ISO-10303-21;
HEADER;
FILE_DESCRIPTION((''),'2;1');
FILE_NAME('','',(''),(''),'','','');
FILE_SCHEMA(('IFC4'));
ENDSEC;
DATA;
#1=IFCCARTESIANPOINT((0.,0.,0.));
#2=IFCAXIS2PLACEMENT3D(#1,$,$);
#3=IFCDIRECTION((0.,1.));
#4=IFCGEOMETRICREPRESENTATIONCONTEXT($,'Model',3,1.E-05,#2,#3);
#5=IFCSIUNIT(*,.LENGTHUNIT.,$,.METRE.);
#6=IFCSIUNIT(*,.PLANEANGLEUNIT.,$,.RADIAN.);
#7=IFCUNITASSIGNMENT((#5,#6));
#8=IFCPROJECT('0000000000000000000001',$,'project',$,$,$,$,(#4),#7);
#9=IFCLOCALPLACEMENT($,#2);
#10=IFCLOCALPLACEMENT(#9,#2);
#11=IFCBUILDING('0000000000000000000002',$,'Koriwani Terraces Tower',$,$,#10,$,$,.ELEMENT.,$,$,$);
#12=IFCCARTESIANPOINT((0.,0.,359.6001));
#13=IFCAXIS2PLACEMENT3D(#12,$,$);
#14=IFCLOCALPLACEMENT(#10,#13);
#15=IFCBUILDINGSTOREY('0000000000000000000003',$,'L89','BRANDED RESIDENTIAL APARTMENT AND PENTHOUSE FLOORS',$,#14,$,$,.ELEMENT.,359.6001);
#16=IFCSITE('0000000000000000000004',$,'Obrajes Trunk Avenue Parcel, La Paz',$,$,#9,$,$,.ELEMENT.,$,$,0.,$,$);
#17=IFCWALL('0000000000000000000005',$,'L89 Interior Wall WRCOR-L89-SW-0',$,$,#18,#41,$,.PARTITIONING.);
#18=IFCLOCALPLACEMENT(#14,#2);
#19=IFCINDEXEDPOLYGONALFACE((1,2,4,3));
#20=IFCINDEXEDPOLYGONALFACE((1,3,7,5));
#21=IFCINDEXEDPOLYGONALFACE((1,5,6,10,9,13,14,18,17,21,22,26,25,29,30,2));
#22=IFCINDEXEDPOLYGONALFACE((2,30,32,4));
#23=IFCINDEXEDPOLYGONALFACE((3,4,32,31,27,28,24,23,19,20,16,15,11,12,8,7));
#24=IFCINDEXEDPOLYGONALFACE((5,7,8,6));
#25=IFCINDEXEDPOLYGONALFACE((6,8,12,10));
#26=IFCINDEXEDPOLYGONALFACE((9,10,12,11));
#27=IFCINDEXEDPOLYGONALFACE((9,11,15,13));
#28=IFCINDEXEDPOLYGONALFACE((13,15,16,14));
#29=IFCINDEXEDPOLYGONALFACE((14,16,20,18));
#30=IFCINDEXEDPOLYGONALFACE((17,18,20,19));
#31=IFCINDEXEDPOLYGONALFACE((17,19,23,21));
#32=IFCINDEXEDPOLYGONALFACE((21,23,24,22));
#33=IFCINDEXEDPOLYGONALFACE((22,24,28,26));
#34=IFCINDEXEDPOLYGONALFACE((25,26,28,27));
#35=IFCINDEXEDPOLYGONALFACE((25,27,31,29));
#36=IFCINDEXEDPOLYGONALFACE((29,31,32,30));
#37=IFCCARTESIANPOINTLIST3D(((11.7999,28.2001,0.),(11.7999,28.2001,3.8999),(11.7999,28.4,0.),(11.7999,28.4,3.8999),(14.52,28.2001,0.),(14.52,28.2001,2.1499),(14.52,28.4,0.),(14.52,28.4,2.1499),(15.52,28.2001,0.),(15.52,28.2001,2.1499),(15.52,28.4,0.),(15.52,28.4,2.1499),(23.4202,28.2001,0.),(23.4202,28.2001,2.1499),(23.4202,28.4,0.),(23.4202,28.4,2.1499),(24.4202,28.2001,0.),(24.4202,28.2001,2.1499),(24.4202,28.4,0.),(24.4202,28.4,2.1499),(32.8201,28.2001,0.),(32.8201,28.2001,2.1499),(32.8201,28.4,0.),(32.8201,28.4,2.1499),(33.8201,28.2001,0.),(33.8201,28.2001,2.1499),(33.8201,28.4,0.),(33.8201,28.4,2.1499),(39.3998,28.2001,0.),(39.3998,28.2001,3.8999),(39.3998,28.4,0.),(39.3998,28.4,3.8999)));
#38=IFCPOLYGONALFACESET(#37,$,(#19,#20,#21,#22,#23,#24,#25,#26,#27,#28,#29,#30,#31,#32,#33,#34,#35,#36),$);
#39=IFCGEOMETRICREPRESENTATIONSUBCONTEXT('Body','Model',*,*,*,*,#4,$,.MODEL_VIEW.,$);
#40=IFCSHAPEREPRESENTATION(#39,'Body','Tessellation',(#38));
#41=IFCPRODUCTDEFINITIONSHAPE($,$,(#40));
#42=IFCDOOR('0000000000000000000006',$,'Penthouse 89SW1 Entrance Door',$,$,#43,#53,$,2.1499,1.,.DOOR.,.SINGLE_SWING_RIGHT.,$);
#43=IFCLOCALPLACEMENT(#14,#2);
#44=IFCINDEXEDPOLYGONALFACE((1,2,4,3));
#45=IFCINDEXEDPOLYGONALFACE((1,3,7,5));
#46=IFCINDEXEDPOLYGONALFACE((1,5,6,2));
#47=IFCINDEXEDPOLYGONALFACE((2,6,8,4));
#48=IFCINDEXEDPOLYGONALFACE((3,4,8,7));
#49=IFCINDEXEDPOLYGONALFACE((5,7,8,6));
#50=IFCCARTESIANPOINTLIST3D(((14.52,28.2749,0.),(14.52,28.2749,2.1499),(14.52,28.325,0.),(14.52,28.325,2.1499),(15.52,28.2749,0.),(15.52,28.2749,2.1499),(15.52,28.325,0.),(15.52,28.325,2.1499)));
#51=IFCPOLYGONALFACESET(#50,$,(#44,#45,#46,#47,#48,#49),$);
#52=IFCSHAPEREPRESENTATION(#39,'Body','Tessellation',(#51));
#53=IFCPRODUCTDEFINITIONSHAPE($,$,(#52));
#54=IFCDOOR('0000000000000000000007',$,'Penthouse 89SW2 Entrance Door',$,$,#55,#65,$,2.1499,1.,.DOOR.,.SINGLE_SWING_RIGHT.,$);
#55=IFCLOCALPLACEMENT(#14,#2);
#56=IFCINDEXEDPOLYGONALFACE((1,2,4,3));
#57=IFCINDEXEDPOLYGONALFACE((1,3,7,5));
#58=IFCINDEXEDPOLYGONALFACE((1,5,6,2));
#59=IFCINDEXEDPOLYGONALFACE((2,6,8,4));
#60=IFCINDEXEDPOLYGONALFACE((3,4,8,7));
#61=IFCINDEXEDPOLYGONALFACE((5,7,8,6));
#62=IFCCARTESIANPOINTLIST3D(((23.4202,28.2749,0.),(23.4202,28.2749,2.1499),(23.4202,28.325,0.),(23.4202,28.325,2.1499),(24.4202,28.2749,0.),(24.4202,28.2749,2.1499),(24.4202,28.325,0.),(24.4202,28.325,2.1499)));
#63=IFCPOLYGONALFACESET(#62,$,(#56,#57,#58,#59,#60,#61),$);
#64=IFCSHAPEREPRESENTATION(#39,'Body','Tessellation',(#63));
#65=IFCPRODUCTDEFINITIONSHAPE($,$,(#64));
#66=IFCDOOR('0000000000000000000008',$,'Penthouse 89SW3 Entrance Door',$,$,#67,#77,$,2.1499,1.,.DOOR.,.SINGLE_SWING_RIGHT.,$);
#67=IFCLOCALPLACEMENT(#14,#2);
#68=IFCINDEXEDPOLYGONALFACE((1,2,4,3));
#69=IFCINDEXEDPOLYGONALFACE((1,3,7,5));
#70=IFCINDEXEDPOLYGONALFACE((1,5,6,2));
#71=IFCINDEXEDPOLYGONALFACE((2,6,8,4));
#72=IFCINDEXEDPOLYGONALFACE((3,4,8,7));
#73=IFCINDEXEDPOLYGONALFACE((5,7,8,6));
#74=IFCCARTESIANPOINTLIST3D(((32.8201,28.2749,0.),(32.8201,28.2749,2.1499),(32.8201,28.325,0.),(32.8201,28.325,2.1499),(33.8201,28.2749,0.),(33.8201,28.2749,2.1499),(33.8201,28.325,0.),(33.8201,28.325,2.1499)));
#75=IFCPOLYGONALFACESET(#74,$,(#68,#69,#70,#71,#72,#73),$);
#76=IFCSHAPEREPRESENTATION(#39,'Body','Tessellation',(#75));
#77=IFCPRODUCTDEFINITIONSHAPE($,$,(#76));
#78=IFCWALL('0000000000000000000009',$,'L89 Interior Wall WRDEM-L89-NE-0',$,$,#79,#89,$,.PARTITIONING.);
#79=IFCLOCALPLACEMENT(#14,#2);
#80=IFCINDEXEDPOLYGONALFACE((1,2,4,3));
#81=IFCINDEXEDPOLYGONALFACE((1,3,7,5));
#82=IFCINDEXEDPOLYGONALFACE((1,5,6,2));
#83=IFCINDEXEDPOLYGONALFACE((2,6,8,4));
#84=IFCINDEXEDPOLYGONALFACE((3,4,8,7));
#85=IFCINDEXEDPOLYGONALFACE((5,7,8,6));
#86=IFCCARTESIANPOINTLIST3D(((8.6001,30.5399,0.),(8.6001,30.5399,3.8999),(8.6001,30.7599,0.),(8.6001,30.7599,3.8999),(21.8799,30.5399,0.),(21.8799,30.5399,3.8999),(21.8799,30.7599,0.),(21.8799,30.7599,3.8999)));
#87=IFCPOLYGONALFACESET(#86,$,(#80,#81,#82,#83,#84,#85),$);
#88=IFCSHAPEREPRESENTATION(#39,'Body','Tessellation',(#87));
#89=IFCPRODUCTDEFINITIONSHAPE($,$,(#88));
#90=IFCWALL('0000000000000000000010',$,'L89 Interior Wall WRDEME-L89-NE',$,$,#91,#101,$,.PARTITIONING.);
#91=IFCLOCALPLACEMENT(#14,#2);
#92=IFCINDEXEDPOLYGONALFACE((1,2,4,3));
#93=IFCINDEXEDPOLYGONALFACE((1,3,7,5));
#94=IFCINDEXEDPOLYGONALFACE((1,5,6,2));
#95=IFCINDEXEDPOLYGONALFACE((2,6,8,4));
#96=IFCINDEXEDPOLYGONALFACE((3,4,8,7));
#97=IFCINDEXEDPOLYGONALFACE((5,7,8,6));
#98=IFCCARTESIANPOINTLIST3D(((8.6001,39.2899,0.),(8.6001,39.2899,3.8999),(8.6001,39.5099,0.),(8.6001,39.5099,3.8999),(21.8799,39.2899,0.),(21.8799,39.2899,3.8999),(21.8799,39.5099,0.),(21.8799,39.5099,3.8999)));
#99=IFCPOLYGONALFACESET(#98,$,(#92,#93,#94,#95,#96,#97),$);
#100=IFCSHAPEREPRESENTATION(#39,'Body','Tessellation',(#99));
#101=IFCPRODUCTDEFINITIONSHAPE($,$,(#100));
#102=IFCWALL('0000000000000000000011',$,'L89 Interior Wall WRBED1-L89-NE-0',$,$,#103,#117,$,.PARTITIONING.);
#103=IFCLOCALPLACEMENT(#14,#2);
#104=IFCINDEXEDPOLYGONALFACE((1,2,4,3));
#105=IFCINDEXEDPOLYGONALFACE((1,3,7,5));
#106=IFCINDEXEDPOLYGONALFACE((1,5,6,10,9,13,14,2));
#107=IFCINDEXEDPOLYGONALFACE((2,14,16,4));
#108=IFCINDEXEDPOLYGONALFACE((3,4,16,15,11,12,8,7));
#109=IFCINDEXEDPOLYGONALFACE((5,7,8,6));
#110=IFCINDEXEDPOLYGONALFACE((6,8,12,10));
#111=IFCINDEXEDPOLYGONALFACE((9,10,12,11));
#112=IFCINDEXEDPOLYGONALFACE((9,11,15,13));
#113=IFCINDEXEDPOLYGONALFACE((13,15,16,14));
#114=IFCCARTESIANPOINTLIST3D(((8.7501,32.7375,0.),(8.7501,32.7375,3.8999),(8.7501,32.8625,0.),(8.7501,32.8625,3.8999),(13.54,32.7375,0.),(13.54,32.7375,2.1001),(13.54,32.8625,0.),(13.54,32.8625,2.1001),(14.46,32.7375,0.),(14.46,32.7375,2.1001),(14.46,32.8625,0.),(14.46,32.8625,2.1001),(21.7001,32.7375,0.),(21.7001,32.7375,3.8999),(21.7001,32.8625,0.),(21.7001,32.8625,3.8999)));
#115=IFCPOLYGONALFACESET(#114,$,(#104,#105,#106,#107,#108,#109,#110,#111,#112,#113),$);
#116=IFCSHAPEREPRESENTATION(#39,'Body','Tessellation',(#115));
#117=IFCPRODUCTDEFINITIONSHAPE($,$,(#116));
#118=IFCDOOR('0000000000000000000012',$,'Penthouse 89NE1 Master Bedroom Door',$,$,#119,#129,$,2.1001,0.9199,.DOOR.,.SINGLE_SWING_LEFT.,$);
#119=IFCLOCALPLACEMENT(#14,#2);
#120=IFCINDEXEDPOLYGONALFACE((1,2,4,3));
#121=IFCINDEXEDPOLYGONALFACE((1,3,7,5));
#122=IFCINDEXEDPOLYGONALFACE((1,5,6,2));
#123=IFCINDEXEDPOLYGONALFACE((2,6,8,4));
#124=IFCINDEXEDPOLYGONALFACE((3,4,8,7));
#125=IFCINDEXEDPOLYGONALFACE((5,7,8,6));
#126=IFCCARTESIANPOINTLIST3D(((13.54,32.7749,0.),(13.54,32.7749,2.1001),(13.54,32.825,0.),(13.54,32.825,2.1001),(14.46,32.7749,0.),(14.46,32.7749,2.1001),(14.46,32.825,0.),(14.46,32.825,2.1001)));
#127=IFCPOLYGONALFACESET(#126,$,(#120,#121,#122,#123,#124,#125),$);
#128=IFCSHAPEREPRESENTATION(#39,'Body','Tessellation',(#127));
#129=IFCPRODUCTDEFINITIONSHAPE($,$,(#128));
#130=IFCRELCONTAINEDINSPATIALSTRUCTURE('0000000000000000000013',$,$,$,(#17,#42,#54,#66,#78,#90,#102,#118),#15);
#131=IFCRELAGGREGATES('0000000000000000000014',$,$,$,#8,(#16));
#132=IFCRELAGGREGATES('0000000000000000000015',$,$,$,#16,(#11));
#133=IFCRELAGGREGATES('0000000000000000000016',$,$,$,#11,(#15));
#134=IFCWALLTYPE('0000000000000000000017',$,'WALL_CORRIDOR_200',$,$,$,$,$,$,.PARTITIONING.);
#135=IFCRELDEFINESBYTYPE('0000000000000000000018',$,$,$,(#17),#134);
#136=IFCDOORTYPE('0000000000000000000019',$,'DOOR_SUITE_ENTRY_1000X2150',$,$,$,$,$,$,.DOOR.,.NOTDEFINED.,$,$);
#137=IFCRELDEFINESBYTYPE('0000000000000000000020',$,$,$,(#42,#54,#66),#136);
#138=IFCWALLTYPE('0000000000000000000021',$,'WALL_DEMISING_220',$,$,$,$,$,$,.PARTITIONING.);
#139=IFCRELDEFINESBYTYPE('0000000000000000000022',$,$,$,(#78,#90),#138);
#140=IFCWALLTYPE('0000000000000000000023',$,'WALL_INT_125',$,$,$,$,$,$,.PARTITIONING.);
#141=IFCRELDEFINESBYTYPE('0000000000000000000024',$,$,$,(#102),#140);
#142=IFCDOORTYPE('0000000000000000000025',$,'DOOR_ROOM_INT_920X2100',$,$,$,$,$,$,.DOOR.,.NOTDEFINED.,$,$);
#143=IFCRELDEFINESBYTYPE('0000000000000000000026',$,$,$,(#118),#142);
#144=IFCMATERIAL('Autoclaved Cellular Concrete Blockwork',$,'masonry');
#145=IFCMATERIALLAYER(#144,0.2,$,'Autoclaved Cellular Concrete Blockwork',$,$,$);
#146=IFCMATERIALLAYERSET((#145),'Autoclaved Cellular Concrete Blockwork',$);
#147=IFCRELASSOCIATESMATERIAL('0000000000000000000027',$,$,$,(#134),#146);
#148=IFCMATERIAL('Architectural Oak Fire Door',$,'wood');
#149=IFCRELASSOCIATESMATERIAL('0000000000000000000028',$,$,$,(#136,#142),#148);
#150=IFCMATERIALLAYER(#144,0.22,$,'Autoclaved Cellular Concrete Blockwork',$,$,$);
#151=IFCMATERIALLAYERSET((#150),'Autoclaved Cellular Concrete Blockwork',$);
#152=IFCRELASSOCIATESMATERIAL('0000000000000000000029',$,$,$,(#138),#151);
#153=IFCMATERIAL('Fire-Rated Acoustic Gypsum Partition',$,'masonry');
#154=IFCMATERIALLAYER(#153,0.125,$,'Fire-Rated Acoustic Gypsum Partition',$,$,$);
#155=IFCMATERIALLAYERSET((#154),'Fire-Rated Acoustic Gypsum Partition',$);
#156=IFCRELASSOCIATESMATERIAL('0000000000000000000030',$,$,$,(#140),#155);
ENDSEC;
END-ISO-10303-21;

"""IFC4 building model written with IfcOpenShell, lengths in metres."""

from ifc_helpers import new_model, si_unit, direction, frame, frame_2d, origin, place, context, subcontext, project, spatial, rectangle, extrude, material, layer, layer_set, type_object, element, fill, save


model = new_model("IFC4")

# Units and contexts
model_context = context("Model", 3, precision=1e-05, world=origin(), true_north=direction((0.0, 1.0)))
body_context = subcontext(model_context, "Body", "Model", "MODEL_VIEW")
ifc_project = project(units=[si_unit("LENGTHUNIT", "METRE"), si_unit("PLANEANGLEUNIT", "RADIAN")], contexts=[model_context])

# Site, building, storey
site_placement = place(None, origin())
site = spatial("IfcSite", under=ifc_project, at=site_placement, Name="Obrajes Trunk Avenue Parcel, La Paz", CompositionType="ELEMENT", RefElevation=0.0)
building_placement = place(site_placement, origin())
building = spatial("IfcBuilding", under=site, at=building_placement, Name="Koriwani Terraces Tower", CompositionType="ELEMENT")
storey_placement = place(building_placement, frame((0.0, 0.0, 359.6001)))
storey = spatial("IfcBuildingStorey", under=building, at=storey_placement, Name="L89", Description="BRANDED RESIDENTIAL APARTMENT AND PENTHOUSE FLOORS", CompositionType="ELEMENT", Elevation=359.6001)

# Shared definitions
ifc_material_1 = material(Name="Autoclaved Cellular Concrete Blockwork", Category="masonry")
ifc_layer_1 = layer(ifc_material_1, 0.2, Name="Autoclaved Cellular Concrete Blockwork")
ifc_layer_set_1 = layer_set([ifc_layer_1], Name="Autoclaved Cellular Concrete Blockwork")
wall_type_1 = type_object("IfcWallType", Name="WALL_CORRIDOR_200", PredefinedType="PARTITIONING", material=ifc_layer_set_1)
ifc_material_2 = material(Name="Architectural Oak Fire Door", Category="wood")
door_type_1 = type_object("IfcDoorType", Name="DOOR_SUITE_ENTRY_1000X2150", OperationType="NOTDEFINED", PredefinedType="DOOR", material=ifc_material_2)

# Wall, openings, doors
wall_1_placement = place(storey_placement, frame((11.8, 28.3, 0.0), z_axis=(0.0, 0.0, 1.0), x_axis=(1.0, 0.0, 0.0)))
wall_1 = element("IfcWall", 1, at=wall_1_placement, inside=storey, type_object=wall_type_1, Name="L89 Interior Wall WRCOR-L89-SW-0", PredefinedType="PARTITIONING", context=body_context, shape_type="SweptSolid", body=[
    extrude(rectangle(XDim=27.5999, YDim=0.2, at=frame_2d((13.7998, 0.0))), origin(), (0.0, 0.0, 1.0), 3.8999),
])
opening_1_placement = place(wall_1_placement, frame((2.72, 0.0, 0.0)))
opening_1 = element("IfcOpeningElement", 2, at=opening_1_placement, cuts=wall_1, PredefinedType="OPENING", context=body_context, shape_type="SweptSolid", body=[
    extrude(rectangle(XDim=1.0, YDim=2.1499, at=frame_2d((0.5, 1.075))), frame((0.0, 0.1099, 0.0), z_axis=(0.0, -1.0, 0.0), x_axis=(1.0, 0.0, 0.0)), (0.0, 0.0, 1.0), 0.22),
])
opening_2_placement = place(wall_1_placement, frame((11.6201, 0.0, 0.0)))
opening_2 = element("IfcOpeningElement", 3, at=opening_2_placement, cuts=wall_1, PredefinedType="OPENING", context=body_context, shape_type="SweptSolid", body=[
    extrude(rectangle(XDim=1.0, YDim=2.1499, at=frame_2d((0.5, 1.075))), frame((0.0, 0.1099, 0.0), z_axis=(0.0, -1.0, 0.0), x_axis=(1.0, 0.0, 0.0)), (0.0, 0.0, 1.0), 0.22),
])
opening_3_placement = place(wall_1_placement, frame((21.02, 0.0, 0.0)))
opening_3 = element("IfcOpeningElement", 4, at=opening_3_placement, cuts=wall_1, PredefinedType="OPENING", context=body_context, shape_type="SweptSolid", body=[
    extrude(rectangle(XDim=1.0, YDim=2.1499, at=frame_2d((0.5, 1.075))), frame((0.0, 0.1099, 0.0), z_axis=(0.0, -1.0, 0.0), x_axis=(1.0, 0.0, 0.0)), (0.0, 0.0, 1.0), 0.22),
])
door_1_placement = place(opening_1_placement, origin())
door_1 = element("IfcDoor", 5, at=door_1_placement, inside=storey, type_object=door_type_1, Name="Penthouse 89SW1 Entrance Door", OperationType="SINGLE_SWING_RIGHT", OverallHeight=2.1499, OverallWidth=1.0, PredefinedType="DOOR", context=body_context, shape_type="SweptSolid", body=[
    extrude(rectangle(XDim=1.0, YDim=2.1499, at=frame_2d((0.5, 1.075))), frame((0.0, 0.0249, 0.0), z_axis=(0.0, -1.0, 0.0), x_axis=(1.0, 0.0, 0.0)), (0.0, 0.0, 1.0), 0.05),
])
fill(opening_1, door_1)
door_2_placement = place(opening_2_placement, origin())
door_2 = element("IfcDoor", 6, at=door_2_placement, inside=storey, type_object=door_type_1, Name="Penthouse 89SW2 Entrance Door", OperationType="SINGLE_SWING_RIGHT", OverallHeight=2.1499, OverallWidth=1.0, PredefinedType="DOOR", context=body_context, shape_type="SweptSolid", body=[
    extrude(rectangle(XDim=1.0, YDim=2.1499, at=frame_2d((0.5, 1.075))), frame((0.0, 0.0249, 0.0), z_axis=(0.0, -1.0, 0.0), x_axis=(1.0, 0.0, 0.0)), (0.0, 0.0, 1.0), 0.05),
])
fill(opening_2, door_2)
door_3_placement = place(opening_3_placement, origin())
door_3 = element("IfcDoor", 7, at=door_3_placement, inside=storey, type_object=door_type_1, Name="Penthouse 89SW3 Entrance Door", OperationType="SINGLE_SWING_RIGHT", OverallHeight=2.1499, OverallWidth=1.0, PredefinedType="DOOR", context=body_context, shape_type="SweptSolid", body=[
    extrude(rectangle(XDim=1.0, YDim=2.1499, at=frame_2d((0.5, 1.075))), frame((0.0, 0.0249, 0.0), z_axis=(0.0, -1.0, 0.0), x_axis=(1.0, 0.0, 0.0)), (0.0, 0.0, 1.0), 0.05),
])
fill(opening_3, door_3)

# Walls
ifc_layer_2 = layer(ifc_material_1, 0.22, Name="Autoclaved Cellular Concrete Blockwork")
ifc_layer_set_2 = layer_set([ifc_layer_2], Name="Autoclaved Cellular Concrete Blockwork")
wall_type_2 = type_object("IfcWallType", Name="WALL_DEMISING_220", PredefinedType="PARTITIONING", material=ifc_layer_set_2)
for number, where, z_axis, x_axis, name in (
    (8, (8.6001, 30.6499, 0.0), (0.0, 0.0, 1.0), (1.0, 0.0, 0.0), "L89 Interior Wall WRDEM-L89-NE-0"),
    (9, (8.6001, 39.3999, 0.0), (0.0, 0.0, 1.0), (1.0, 0.0, 0.0), "L89 Interior Wall WRDEME-L89-NE"),
):
    element("IfcWall", number, at=place(storey_placement, frame(where, z_axis=z_axis, x_axis=x_axis)), inside=storey, type_object=wall_type_2, Name=name, PredefinedType="PARTITIONING", context=body_context, shape_type="SweptSolid", body=[
        extrude(rectangle(XDim=13.2798, YDim=0.22, at=frame_2d((6.6399, 0.0))), origin(), (0.0, 0.0, 1.0), 3.8999),
    ])

# Wall, opening, door
ifc_material_3 = material(Name="Fire-Rated Acoustic Gypsum Partition", Category="masonry")
ifc_layer_3 = layer(ifc_material_3, 0.125, Name="Fire-Rated Acoustic Gypsum Partition")
ifc_layer_set_3 = layer_set([ifc_layer_3], Name="Fire-Rated Acoustic Gypsum Partition")
wall_type_3 = type_object("IfcWallType", Name="WALL_INT_125", PredefinedType="PARTITIONING", material=ifc_layer_set_3)
wall_2_placement = place(storey_placement, frame((8.75, 32.8, 0.0), z_axis=(0.0, 0.0, 1.0), x_axis=(1.0, 0.0, 0.0)))
wall_2 = element("IfcWall", 10, at=wall_2_placement, inside=storey, type_object=wall_type_3, Name="L89 Interior Wall WRBED1-L89-NE-0", PredefinedType="PARTITIONING", context=body_context, shape_type="SweptSolid", body=[
    extrude(rectangle(XDim=12.95, YDim=0.125, at=frame_2d((6.4751, 0.0))), origin(), (0.0, 0.0, 1.0), 3.8999),
])
opening_4_placement = place(wall_2_placement, frame((4.79, 0.0, 0.0)))
opening_4 = element("IfcOpeningElement", 11, at=opening_4_placement, cuts=wall_2, PredefinedType="OPENING", context=body_context, shape_type="SweptSolid", body=[
    extrude(rectangle(XDim=0.9199, YDim=2.1001, at=frame_2d((0.46, 1.05))), frame((0.0, 0.0725, 0.0), z_axis=(0.0, -1.0, 0.0), x_axis=(1.0, 0.0, 0.0)), (0.0, 0.0, 1.0), 0.145),
])
door_type_2 = type_object("IfcDoorType", Name="DOOR_ROOM_INT_920X2100", OperationType="NOTDEFINED", PredefinedType="DOOR", material=ifc_material_2)
door_4_placement = place(opening_4_placement, origin())
door_4 = element("IfcDoor", 12, at=door_4_placement, inside=storey, type_object=door_type_2, Name="Penthouse 89NE1 Master Bedroom Door", OperationType="SINGLE_SWING_LEFT", OverallHeight=2.1001, OverallWidth=0.9199, PredefinedType="DOOR", context=body_context, shape_type="SweptSolid", body=[
    extrude(rectangle(XDim=0.9199, YDim=2.1001, at=frame_2d((0.46, 1.05))), frame((0.0, 0.0249, 0.0), z_axis=(0.0, -1.0, 0.0), x_axis=(1.0, 0.0, 0.0)), (0.0, 0.0, 1.0), 0.05),
])
fill(opening_4, door_4)

save(model, "model.ifc")
